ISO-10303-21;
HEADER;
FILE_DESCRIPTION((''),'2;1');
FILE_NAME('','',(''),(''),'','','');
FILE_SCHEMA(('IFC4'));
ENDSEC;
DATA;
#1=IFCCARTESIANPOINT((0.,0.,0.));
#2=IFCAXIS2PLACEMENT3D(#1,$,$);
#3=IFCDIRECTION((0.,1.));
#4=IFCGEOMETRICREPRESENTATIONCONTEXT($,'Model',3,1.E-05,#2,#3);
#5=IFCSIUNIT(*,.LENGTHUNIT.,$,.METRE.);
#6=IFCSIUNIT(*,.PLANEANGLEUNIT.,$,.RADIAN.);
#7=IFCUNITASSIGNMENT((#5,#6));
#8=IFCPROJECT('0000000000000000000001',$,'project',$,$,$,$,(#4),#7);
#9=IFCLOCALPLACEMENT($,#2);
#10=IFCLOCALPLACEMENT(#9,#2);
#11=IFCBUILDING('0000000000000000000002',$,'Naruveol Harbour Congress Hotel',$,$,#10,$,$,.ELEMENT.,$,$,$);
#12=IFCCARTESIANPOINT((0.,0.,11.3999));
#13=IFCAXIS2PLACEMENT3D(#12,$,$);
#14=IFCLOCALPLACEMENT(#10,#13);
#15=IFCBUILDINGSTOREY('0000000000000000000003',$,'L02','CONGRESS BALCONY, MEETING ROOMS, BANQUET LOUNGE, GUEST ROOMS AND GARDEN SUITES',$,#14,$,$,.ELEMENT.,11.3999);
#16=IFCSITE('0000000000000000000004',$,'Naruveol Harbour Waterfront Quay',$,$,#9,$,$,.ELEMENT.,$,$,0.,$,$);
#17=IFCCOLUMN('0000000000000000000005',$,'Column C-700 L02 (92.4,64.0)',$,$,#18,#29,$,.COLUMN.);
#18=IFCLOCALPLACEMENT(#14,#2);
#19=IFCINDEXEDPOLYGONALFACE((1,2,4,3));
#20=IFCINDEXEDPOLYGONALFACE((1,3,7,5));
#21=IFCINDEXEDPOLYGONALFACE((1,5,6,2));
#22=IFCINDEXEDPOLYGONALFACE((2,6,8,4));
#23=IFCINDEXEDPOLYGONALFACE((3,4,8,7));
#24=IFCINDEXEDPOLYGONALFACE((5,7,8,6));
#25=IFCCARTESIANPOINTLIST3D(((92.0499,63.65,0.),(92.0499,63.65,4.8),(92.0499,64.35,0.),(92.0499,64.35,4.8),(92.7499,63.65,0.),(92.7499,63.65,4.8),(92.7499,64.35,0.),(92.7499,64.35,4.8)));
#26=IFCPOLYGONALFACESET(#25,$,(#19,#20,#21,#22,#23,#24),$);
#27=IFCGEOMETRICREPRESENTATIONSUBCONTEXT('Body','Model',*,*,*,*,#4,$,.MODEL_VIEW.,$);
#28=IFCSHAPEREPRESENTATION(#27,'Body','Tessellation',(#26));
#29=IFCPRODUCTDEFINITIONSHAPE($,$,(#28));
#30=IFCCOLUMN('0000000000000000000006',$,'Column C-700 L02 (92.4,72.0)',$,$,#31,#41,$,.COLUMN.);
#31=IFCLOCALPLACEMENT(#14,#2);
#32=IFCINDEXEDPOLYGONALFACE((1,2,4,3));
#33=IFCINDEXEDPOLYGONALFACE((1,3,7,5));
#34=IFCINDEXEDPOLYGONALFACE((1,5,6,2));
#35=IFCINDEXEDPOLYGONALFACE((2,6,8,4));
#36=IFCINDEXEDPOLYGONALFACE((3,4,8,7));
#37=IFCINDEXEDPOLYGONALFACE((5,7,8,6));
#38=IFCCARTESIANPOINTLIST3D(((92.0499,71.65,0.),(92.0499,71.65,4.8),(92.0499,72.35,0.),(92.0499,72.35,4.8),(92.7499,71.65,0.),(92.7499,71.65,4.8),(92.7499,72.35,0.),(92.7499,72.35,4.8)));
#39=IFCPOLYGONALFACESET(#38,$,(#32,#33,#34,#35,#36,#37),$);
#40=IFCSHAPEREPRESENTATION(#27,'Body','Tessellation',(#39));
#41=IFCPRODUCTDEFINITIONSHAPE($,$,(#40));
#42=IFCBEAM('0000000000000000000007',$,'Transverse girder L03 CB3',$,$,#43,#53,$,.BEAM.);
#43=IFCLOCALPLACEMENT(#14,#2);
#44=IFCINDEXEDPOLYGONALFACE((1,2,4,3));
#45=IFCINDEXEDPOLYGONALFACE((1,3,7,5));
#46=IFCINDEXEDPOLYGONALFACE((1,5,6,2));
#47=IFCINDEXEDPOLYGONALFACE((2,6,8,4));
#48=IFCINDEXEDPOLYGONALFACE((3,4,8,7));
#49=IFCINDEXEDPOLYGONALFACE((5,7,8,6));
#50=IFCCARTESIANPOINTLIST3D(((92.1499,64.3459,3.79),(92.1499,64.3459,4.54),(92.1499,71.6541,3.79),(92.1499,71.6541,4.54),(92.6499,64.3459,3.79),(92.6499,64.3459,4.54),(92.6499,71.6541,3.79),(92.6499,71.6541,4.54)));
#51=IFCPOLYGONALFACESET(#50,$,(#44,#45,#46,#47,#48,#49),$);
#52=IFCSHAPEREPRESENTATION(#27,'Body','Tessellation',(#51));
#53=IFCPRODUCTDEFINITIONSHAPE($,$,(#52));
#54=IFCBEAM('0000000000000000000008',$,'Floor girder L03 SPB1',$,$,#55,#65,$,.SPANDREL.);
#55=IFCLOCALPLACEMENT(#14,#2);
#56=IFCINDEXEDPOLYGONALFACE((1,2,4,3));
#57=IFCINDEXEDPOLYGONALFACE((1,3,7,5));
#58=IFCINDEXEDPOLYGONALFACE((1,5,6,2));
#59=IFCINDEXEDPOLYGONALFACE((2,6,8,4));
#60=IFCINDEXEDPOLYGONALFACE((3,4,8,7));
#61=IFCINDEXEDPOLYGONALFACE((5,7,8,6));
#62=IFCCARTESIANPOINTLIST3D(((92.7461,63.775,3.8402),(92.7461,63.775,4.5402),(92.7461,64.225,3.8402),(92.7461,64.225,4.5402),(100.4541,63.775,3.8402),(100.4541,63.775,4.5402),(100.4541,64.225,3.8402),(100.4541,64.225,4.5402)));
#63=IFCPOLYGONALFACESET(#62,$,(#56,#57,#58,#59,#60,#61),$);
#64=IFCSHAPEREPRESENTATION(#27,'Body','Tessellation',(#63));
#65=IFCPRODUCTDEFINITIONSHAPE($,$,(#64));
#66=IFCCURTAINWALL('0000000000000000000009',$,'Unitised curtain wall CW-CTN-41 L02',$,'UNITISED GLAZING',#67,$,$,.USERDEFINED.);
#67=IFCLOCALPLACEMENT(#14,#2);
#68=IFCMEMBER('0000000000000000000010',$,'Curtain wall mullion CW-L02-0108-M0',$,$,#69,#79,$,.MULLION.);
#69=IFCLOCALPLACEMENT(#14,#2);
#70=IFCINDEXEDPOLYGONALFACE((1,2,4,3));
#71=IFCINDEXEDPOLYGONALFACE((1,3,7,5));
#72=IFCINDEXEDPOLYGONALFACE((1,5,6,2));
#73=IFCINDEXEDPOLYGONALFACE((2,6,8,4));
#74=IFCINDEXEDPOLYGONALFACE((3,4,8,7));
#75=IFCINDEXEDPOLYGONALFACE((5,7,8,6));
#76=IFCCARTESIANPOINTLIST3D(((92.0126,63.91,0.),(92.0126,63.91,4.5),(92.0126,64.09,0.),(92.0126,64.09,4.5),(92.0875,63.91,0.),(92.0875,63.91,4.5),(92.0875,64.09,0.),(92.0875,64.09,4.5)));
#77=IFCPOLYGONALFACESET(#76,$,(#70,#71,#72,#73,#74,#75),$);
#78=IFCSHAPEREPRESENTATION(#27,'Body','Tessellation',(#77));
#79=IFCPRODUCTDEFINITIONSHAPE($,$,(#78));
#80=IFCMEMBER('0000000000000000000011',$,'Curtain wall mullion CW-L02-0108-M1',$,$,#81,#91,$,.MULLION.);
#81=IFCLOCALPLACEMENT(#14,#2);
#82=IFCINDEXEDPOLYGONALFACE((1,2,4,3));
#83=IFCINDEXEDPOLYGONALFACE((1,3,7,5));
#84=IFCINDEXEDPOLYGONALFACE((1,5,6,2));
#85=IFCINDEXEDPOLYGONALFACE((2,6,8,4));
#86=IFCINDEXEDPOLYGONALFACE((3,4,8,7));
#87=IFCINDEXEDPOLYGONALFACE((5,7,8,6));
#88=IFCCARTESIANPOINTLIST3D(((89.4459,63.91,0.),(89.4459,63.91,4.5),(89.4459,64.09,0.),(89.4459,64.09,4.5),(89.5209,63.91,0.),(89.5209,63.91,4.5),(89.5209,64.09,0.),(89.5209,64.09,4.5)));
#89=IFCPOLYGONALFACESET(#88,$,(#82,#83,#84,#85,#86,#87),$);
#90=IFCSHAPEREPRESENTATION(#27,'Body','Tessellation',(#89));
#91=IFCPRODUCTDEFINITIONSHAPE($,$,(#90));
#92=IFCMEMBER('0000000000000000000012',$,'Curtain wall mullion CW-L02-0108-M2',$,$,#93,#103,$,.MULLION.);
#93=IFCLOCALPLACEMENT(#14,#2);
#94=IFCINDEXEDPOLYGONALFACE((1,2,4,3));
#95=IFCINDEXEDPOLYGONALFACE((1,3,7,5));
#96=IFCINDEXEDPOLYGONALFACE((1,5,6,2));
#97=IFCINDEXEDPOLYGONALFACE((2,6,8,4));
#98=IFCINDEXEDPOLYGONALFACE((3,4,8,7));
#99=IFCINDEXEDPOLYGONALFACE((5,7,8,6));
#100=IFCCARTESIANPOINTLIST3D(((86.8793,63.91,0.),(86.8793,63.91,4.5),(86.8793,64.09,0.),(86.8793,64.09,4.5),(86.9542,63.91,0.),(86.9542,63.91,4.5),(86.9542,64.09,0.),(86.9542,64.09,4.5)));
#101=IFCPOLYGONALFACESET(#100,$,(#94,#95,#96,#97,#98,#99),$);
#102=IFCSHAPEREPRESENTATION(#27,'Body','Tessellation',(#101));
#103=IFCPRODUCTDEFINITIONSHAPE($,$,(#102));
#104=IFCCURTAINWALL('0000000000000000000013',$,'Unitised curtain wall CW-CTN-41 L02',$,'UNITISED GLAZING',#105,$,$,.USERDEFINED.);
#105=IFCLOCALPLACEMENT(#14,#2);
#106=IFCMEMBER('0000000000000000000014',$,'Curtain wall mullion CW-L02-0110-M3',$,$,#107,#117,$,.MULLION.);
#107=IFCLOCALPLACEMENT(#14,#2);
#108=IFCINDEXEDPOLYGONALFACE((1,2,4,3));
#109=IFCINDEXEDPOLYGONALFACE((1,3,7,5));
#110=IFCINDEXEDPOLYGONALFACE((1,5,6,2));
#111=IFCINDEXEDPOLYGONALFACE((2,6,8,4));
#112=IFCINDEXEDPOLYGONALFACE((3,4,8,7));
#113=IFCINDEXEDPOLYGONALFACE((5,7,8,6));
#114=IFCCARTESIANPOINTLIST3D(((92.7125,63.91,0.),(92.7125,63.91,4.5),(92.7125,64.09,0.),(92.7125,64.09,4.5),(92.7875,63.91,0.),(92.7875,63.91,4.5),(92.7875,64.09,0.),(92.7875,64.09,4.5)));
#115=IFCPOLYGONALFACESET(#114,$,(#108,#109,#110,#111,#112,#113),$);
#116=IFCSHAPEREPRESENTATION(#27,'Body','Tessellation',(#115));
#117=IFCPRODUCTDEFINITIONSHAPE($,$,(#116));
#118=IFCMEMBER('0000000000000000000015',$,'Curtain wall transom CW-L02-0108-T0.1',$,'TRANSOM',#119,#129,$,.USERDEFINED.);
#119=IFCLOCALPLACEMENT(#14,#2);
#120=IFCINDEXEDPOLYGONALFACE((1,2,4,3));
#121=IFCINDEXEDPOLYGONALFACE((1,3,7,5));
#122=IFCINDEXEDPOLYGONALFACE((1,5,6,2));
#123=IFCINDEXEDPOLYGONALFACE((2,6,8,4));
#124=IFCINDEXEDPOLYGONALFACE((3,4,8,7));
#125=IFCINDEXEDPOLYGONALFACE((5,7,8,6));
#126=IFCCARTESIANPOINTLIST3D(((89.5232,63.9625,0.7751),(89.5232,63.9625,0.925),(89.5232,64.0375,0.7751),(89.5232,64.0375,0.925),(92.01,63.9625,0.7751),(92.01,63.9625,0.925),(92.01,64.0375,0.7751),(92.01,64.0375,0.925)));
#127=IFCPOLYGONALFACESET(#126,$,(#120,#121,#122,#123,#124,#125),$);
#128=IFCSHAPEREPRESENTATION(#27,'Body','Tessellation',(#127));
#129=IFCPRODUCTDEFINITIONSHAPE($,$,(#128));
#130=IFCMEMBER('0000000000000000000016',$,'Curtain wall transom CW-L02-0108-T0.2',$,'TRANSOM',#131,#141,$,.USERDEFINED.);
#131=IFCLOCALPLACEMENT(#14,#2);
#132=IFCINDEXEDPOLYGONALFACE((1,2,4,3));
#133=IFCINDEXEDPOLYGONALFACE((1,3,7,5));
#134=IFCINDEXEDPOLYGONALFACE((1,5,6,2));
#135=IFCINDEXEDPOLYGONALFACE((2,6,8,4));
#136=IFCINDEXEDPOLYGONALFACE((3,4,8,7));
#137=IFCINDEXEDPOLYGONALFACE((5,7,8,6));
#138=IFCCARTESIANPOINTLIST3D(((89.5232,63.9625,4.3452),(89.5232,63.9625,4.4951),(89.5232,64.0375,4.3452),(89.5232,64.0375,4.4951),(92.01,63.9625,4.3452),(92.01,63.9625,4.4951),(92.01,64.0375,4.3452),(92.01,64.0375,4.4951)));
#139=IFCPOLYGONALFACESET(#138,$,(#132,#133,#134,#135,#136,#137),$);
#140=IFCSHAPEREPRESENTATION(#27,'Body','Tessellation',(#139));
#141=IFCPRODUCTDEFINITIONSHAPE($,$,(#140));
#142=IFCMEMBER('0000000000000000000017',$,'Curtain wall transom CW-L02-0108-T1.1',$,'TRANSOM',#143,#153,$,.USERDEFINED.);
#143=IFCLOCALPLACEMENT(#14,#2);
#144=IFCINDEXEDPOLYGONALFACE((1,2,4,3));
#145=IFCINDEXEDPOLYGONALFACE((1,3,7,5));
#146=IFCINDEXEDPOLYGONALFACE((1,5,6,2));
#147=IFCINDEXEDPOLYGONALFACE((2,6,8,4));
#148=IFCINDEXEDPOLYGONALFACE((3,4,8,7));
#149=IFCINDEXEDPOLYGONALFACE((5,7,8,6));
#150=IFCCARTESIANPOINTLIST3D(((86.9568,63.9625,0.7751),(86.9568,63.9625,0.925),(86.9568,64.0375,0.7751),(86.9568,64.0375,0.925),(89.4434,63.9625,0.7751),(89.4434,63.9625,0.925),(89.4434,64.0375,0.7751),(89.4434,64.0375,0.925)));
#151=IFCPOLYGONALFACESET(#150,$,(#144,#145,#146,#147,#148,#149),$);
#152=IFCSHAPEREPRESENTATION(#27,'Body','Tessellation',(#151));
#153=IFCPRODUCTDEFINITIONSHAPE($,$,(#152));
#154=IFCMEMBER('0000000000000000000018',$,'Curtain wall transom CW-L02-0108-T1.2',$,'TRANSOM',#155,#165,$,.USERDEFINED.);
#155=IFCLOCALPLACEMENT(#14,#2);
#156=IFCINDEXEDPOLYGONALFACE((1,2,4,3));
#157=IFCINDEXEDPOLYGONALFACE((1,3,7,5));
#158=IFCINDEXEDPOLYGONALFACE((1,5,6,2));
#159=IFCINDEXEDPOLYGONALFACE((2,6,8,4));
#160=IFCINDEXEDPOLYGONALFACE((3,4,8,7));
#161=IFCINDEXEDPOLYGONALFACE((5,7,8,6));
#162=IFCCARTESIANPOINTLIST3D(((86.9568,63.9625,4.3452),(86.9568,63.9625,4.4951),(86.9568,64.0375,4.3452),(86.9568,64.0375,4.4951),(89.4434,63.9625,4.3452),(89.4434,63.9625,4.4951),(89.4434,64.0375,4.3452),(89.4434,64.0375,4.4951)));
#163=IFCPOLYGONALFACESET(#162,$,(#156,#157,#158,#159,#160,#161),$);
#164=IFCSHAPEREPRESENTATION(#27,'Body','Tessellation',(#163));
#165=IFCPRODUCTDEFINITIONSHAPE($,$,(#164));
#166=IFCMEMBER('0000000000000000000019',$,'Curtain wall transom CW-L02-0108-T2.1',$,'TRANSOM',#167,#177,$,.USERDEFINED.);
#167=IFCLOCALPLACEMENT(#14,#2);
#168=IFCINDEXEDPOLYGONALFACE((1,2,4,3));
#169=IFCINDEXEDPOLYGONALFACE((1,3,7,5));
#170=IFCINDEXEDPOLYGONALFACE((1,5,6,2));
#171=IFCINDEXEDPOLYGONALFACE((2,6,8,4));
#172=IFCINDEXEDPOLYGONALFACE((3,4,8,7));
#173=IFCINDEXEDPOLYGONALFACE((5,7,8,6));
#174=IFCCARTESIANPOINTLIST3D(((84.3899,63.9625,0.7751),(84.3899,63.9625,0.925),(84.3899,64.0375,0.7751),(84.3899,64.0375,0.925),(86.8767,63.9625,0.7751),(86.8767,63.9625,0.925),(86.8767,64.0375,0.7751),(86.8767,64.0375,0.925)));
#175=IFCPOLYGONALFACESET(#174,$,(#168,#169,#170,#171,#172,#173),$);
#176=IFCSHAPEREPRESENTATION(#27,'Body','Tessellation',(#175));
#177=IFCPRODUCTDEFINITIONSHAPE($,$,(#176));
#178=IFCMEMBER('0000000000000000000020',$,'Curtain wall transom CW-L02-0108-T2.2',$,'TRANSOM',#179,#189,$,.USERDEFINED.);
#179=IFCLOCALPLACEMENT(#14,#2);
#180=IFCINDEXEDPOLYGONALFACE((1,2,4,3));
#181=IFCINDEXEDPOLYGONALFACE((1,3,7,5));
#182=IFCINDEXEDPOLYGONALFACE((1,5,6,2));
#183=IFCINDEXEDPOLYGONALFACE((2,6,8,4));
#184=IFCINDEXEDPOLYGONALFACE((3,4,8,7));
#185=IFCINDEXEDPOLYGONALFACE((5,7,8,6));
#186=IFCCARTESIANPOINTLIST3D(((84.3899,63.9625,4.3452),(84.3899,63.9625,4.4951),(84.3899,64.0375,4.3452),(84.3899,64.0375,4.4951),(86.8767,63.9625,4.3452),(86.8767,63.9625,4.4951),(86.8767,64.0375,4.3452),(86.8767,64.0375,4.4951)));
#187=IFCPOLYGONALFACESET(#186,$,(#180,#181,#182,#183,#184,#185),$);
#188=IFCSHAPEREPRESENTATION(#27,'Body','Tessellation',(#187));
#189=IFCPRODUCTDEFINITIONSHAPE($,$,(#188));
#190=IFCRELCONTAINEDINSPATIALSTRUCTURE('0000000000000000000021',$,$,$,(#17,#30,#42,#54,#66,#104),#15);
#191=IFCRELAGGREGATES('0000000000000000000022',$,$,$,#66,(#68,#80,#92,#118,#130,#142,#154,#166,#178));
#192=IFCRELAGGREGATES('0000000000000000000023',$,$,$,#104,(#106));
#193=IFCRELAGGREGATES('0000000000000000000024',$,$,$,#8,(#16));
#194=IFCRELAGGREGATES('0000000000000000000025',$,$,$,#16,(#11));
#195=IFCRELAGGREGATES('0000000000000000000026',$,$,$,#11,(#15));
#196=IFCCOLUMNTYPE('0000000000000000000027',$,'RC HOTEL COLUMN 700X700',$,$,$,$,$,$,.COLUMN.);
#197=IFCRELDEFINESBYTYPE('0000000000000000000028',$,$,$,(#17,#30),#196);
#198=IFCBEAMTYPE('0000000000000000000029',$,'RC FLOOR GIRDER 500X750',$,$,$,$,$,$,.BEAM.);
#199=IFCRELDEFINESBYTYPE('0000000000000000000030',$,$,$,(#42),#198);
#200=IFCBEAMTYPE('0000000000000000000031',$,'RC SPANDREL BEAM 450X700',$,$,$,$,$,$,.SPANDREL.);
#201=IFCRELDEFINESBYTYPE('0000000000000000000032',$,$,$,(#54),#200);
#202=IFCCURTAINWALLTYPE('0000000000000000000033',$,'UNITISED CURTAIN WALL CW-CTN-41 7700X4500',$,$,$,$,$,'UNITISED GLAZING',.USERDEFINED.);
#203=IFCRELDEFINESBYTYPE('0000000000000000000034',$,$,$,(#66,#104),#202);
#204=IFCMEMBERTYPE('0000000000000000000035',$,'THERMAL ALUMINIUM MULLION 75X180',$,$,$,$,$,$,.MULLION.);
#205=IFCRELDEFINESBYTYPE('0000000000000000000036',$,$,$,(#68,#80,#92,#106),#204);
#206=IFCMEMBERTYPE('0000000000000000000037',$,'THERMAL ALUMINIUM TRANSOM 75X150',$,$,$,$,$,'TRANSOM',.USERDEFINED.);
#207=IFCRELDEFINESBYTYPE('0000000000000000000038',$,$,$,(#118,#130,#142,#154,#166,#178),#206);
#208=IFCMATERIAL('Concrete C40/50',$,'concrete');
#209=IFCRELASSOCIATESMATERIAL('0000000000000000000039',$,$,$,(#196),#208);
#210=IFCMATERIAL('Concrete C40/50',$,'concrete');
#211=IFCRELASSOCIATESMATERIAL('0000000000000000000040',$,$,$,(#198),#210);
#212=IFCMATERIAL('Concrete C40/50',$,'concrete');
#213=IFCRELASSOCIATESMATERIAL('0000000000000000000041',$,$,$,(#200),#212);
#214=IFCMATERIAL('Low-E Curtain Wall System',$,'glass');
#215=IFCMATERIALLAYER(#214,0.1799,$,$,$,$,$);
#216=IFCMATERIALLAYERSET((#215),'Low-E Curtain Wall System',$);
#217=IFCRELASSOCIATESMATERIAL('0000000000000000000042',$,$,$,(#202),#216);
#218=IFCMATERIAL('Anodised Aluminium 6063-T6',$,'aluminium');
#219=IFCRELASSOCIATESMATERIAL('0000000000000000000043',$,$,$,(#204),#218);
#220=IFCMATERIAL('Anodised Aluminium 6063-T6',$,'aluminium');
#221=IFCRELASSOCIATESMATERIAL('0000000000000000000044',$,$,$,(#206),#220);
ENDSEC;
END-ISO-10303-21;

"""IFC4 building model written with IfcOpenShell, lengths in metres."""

from ifc_helpers import new_model, si_unit, direction, frame, origin, origin_2d, place, context, subcontext, project, spatial, rectangle, extrude, material, layer, layer_set, material_profile, profile_set, type_object, element, aggregate, save


model = new_model("IFC4")

# Units and contexts
model_context = context("Model", 3, precision=1e-05, world=origin(), true_north=direction((0.0, 1.0)))
body_context = subcontext(model_context, "Body", "Model", "MODEL_VIEW")
ifc_project = project(units=[si_unit("LENGTHUNIT", "METRE"), si_unit("PLANEANGLEUNIT", "RADIAN")], contexts=[model_context])

# Site, building, storey
site_placement = place(None, origin())
site = spatial("IfcSite", under=ifc_project, at=site_placement, Name="Naruveol Harbour Waterfront Quay", CompositionType="ELEMENT", RefElevation=0.0)
building_placement = place(site_placement, origin())
building = spatial("IfcBuilding", under=site, at=building_placement, Name="Naruveol Harbour Congress Hotel", CompositionType="ELEMENT")
storey_placement = place(building_placement, frame((0.0, 0.0, 11.3999)))
storey = spatial("IfcBuildingStorey", under=building, at=storey_placement, Name="L02", Description="CONGRESS BALCONY, MEETING ROOMS, BANQUET LOUNGE, GUEST ROOMS AND GARDEN SUITES", CompositionType="ELEMENT", Elevation=11.3999)

# Columns
ifc_material_1 = material(Name="Concrete C40/50", Category="concrete")
ifc_material_profile_1 = material_profile(ifc_material_1, rectangle(XDim=0.7, YDim=0.7, at=origin_2d()), Name="RC-700x700")
ifc_profile_set_1 = profile_set([ifc_material_profile_1], Name="Concrete C40/50")
column_type = type_object("IfcColumnType", Name="RC HOTEL COLUMN 700X700", PredefinedType="COLUMN", material=ifc_profile_set_1)
for number, where, z_axis, x_axis, name in (
    (1, (92.3999, 64.0, 0.0), (0.0, 0.0, 1.0), (1.0, 0.0, 0.0), "Column C-700 L02 (92.4,64.0)"),
    (2, (92.3999, 72.0, 0.0), (0.0, 0.0, 1.0), (1.0, 0.0, 0.0), "Column C-700 L02 (92.4,72.0)"),
):
    element("IfcColumn", number, at=place(storey_placement, frame(where, z_axis=z_axis, x_axis=x_axis)), inside=storey, type_object=column_type, Name=name, PredefinedType="COLUMN", context=body_context, shape_type="SweptSolid", body=[
        extrude(rectangle(XDim=0.7, YDim=0.7, at=origin_2d()), origin(), (0.0, 0.0, 1.0), 4.8),
    ])

# Beams
ifc_material_2 = material(Name="Concrete C40/50", Category="concrete")
ifc_material_profile_2 = material_profile(ifc_material_2, rectangle(XDim=0.5, YDim=0.75, at=origin_2d()), Name="RCB-500x750")
ifc_profile_set_2 = profile_set([ifc_material_profile_2], Name="Concrete C40/50")
beam_type_1 = type_object("IfcBeamType", Name="RC FLOOR GIRDER 500X750", PredefinedType="BEAM", material=ifc_profile_set_2)
beam_1_placement = place(storey_placement, frame((92.3999, 64.3459, 4.165), z_axis=(0.0, 1.0, 0.0), x_axis=(-1.0, 0.0, 0.0)))
element("IfcBeam", 3, at=beam_1_placement, inside=storey, type_object=beam_type_1, Name="Transverse girder L03 CB3", PredefinedType="BEAM", context=body_context, shape_type="SweptSolid", body=[
    extrude(rectangle(XDim=0.5, YDim=0.75, at=origin_2d()), origin(), (0.0, 0.0, 1.0), 7.3081),
])
ifc_material_3 = material(Name="Concrete C40/50", Category="concrete")
ifc_material_profile_3 = material_profile(ifc_material_3, rectangle(XDim=0.45, YDim=0.7, at=origin_2d()), Name="RCB-450x700")
ifc_profile_set_3 = profile_set([ifc_material_profile_3], Name="Concrete C40/50")
beam_type_2 = type_object("IfcBeamType", Name="RC SPANDREL BEAM 450X700", PredefinedType="SPANDREL", material=ifc_profile_set_3)
beam_2_placement = place(storey_placement, frame((92.7461, 64.0, 4.1902), z_axis=(1.0, 0.0, 0.0), x_axis=(0.0, 1.0, 0.0)))
element("IfcBeam", 4, at=beam_2_placement, inside=storey, type_object=beam_type_2, Name="Floor girder L03 SPB1", PredefinedType="SPANDREL", context=body_context, shape_type="SweptSolid", body=[
    extrude(rectangle(XDim=0.45, YDim=0.7, at=origin_2d()), origin(), (0.0, 0.0, 1.0), 7.708),
])

# Curtain wall, members
ifc_material_4 = material(Name="Low-E Curtain Wall System", Category="glass")
ifc_layer_1 = layer(ifc_material_4, 0.1799)
ifc_layer_set_1 = layer_set([ifc_layer_1], Name="Low-E Curtain Wall System")
curtain_wall_type = type_object("IfcCurtainWallType", Name="UNITISED CURTAIN WALL CW-CTN-41 7700X4500", ElementType="UNITISED GLAZING", PredefinedType="USERDEFINED", material=ifc_layer_set_1)
curtain_wall_1_placement = place(storey_placement, origin())
curtain_wall_1 = element("IfcCurtainWall", 5, at=curtain_wall_1_placement, inside=storey, type_object=curtain_wall_type, Name="Unitised curtain wall CW-CTN-41 L02", ObjectType="UNITISED GLAZING", PredefinedType="USERDEFINED")
ifc_material_5 = material(Name="Anodised Aluminium 6063-T6", Category="aluminium")
ifc_material_profile_4 = material_profile(ifc_material_5, rectangle(XDim=0.075, YDim=0.1799, at=origin_2d()), Name="ALU-75x180")
ifc_profile_set_4 = profile_set([ifc_material_profile_4], Name="Anodised Aluminium 6063-T6")
member_type_1 = type_object("IfcMemberType", Name="THERMAL ALUMINIUM MULLION 75X180", PredefinedType="MULLION", material=ifc_profile_set_4)
member_1_placement = place(storey_placement, frame((92.05, 64.0, 0.0), z_axis=(0.0, 0.0, 1.0), x_axis=(1.0, 0.0, 0.0)))
member_1 = element("IfcMember", 6, at=member_1_placement, type_object=member_type_1, Name="Curtain wall mullion CW-L02-0108-M0", PredefinedType="MULLION", context=body_context, shape_type="SweptSolid", body=[
    extrude(rectangle(XDim=0.075, YDim=0.1799, at=origin_2d()), origin(), (0.0, 0.0, 1.0), 4.5),
])
member_2_placement = place(storey_placement, frame((89.4834, 64.0, 0.0), z_axis=(0.0, 0.0, 1.0), x_axis=(1.0, 0.0, 0.0)))
member_2 = element("IfcMember", 7, at=member_2_placement, type_object=member_type_1, Name="Curtain wall mullion CW-L02-0108-M1", PredefinedType="MULLION", context=body_context, shape_type="SweptSolid", body=[
    extrude(rectangle(XDim=0.075, YDim=0.1799, at=origin_2d()), origin(), (0.0, 0.0, 1.0), 4.5),
])
member_3_placement = place(storey_placement, frame((86.9167, 64.0, 0.0), z_axis=(0.0, 0.0, 1.0), x_axis=(1.0, 0.0, 0.0)))
member_3 = element("IfcMember", 8, at=member_3_placement, type_object=member_type_1, Name="Curtain wall mullion CW-L02-0108-M2", PredefinedType="MULLION", context=body_context, shape_type="SweptSolid", body=[
    extrude(rectangle(XDim=0.075, YDim=0.1799, at=origin_2d()), origin(), (0.0, 0.0, 1.0), 4.5),
])

# Curtain wall, member
curtain_wall_2_placement = place(storey_placement, origin())
curtain_wall_2 = element("IfcCurtainWall", 9, at=curtain_wall_2_placement, inside=storey, type_object=curtain_wall_type, Name="Unitised curtain wall CW-CTN-41 L02", ObjectType="UNITISED GLAZING", PredefinedType="USERDEFINED")
member_4_placement = place(storey_placement, frame((92.75, 64.0, 0.0), z_axis=(0.0, 0.0, 1.0), x_axis=(1.0, 0.0, 0.0)))
member_4 = element("IfcMember", 10, at=member_4_placement, type_object=member_type_1, Name="Curtain wall mullion CW-L02-0110-M3", PredefinedType="MULLION", context=body_context, shape_type="SweptSolid", body=[
    extrude(rectangle(XDim=0.075, YDim=0.1799, at=origin_2d()), origin(), (0.0, 0.0, 1.0), 4.5),
])

# Members
ifc_material_6 = material(Name="Anodised Aluminium 6063-T6", Category="aluminium")
ifc_material_profile_5 = material_profile(ifc_material_6, rectangle(XDim=0.075, YDim=0.1499, at=origin_2d()), Name="ALU-75x150")
ifc_profile_set_5 = profile_set([ifc_material_profile_5], Name="Anodised Aluminium 6063-T6")
member_type_2 = type_object("IfcMemberType", Name="THERMAL ALUMINIUM TRANSOM 75X150", ElementType="TRANSOM", PredefinedType="USERDEFINED", material=ifc_profile_set_5)
member_5_placement = place(storey_placement, frame((92.01, 64.0, 0.8501), z_axis=(-1.0, 0.0, 0.0), x_axis=(0.0, -1.0, 0.0)))
member_5 = element("IfcMember", 11, at=member_5_placement, type_object=member_type_2, Name="Curtain wall transom CW-L02-0108-T0.1", ObjectType="TRANSOM", PredefinedType="USERDEFINED", context=body_context, shape_type="SweptSolid", body=[
    extrude(rectangle(XDim=0.075, YDim=0.1499, at=origin_2d()), origin(), (0.0, 0.0, 1.0), 2.4868),
])
member_6_placement = place(storey_placement, frame((92.01, 64.0, 4.4202), z_axis=(-1.0, 0.0, 0.0), x_axis=(0.0, -1.0, 0.0)))
member_6 = element("IfcMember", 12, at=member_6_placement, type_object=member_type_2, Name="Curtain wall transom CW-L02-0108-T0.2", ObjectType="TRANSOM", PredefinedType="USERDEFINED", context=body_context, shape_type="SweptSolid", body=[
    extrude(rectangle(XDim=0.075, YDim=0.1499, at=origin_2d()), origin(), (0.0, 0.0, 1.0), 2.4868),
])
member_7_placement = place(storey_placement, frame((89.4434, 64.0, 0.8501), z_axis=(-1.0, 0.0, 0.0), x_axis=(0.0, -1.0, 0.0)))
member_7 = element("IfcMember", 13, at=member_7_placement, type_object=member_type_2, Name="Curtain wall transom CW-L02-0108-T1.1", ObjectType="TRANSOM", PredefinedType="USERDEFINED", context=body_context, shape_type="SweptSolid", body=[
    extrude(rectangle(XDim=0.075, YDim=0.1499, at=origin_2d()), origin(), (0.0, 0.0, 1.0), 2.4866),
])
member_8_placement = place(storey_placement, frame((89.4434, 64.0, 4.4202), z_axis=(-1.0, 0.0, 0.0), x_axis=(0.0, -1.0, 0.0)))
member_8 = element("IfcMember", 14, at=member_8_placement, type_object=member_type_2, Name="Curtain wall transom CW-L02-0108-T1.2", ObjectType="TRANSOM", PredefinedType="USERDEFINED", context=body_context, shape_type="SweptSolid", body=[
    extrude(rectangle(XDim=0.075, YDim=0.1499, at=origin_2d()), origin(), (0.0, 0.0, 1.0), 2.4866),
])
member_9_placement = place(storey_placement, frame((86.8767, 64.0, 0.8501), z_axis=(-1.0, 0.0, 0.0), x_axis=(0.0, -1.0, 0.0)))
member_9 = element("IfcMember", 15, at=member_9_placement, type_object=member_type_2, Name="Curtain wall transom CW-L02-0108-T2.1", ObjectType="TRANSOM", PredefinedType="USERDEFINED", context=body_context, shape_type="SweptSolid", body=[
    extrude(rectangle(XDim=0.075, YDim=0.1499, at=origin_2d()), origin(), (0.0, 0.0, 1.0), 2.4868),
])
member_10_placement = place(storey_placement, frame((86.8767, 64.0, 4.4202), z_axis=(-1.0, 0.0, 0.0), x_axis=(0.0, -1.0, 0.0)))
member_10 = element("IfcMember", 16, at=member_10_placement, type_object=member_type_2, Name="Curtain wall transom CW-L02-0108-T2.2", ObjectType="TRANSOM", PredefinedType="USERDEFINED", context=body_context, shape_type="SweptSolid", body=[
    extrude(rectangle(XDim=0.075, YDim=0.1499, at=origin_2d()), origin(), (0.0, 0.0, 1.0), 2.4868),
])

aggregate(curtain_wall_1, [member_1, member_2, member_3, member_5, member_6, member_7, member_8, member_9, member_10])
aggregate(curtain_wall_2, [member_4])

save(model, "model.ifc")
